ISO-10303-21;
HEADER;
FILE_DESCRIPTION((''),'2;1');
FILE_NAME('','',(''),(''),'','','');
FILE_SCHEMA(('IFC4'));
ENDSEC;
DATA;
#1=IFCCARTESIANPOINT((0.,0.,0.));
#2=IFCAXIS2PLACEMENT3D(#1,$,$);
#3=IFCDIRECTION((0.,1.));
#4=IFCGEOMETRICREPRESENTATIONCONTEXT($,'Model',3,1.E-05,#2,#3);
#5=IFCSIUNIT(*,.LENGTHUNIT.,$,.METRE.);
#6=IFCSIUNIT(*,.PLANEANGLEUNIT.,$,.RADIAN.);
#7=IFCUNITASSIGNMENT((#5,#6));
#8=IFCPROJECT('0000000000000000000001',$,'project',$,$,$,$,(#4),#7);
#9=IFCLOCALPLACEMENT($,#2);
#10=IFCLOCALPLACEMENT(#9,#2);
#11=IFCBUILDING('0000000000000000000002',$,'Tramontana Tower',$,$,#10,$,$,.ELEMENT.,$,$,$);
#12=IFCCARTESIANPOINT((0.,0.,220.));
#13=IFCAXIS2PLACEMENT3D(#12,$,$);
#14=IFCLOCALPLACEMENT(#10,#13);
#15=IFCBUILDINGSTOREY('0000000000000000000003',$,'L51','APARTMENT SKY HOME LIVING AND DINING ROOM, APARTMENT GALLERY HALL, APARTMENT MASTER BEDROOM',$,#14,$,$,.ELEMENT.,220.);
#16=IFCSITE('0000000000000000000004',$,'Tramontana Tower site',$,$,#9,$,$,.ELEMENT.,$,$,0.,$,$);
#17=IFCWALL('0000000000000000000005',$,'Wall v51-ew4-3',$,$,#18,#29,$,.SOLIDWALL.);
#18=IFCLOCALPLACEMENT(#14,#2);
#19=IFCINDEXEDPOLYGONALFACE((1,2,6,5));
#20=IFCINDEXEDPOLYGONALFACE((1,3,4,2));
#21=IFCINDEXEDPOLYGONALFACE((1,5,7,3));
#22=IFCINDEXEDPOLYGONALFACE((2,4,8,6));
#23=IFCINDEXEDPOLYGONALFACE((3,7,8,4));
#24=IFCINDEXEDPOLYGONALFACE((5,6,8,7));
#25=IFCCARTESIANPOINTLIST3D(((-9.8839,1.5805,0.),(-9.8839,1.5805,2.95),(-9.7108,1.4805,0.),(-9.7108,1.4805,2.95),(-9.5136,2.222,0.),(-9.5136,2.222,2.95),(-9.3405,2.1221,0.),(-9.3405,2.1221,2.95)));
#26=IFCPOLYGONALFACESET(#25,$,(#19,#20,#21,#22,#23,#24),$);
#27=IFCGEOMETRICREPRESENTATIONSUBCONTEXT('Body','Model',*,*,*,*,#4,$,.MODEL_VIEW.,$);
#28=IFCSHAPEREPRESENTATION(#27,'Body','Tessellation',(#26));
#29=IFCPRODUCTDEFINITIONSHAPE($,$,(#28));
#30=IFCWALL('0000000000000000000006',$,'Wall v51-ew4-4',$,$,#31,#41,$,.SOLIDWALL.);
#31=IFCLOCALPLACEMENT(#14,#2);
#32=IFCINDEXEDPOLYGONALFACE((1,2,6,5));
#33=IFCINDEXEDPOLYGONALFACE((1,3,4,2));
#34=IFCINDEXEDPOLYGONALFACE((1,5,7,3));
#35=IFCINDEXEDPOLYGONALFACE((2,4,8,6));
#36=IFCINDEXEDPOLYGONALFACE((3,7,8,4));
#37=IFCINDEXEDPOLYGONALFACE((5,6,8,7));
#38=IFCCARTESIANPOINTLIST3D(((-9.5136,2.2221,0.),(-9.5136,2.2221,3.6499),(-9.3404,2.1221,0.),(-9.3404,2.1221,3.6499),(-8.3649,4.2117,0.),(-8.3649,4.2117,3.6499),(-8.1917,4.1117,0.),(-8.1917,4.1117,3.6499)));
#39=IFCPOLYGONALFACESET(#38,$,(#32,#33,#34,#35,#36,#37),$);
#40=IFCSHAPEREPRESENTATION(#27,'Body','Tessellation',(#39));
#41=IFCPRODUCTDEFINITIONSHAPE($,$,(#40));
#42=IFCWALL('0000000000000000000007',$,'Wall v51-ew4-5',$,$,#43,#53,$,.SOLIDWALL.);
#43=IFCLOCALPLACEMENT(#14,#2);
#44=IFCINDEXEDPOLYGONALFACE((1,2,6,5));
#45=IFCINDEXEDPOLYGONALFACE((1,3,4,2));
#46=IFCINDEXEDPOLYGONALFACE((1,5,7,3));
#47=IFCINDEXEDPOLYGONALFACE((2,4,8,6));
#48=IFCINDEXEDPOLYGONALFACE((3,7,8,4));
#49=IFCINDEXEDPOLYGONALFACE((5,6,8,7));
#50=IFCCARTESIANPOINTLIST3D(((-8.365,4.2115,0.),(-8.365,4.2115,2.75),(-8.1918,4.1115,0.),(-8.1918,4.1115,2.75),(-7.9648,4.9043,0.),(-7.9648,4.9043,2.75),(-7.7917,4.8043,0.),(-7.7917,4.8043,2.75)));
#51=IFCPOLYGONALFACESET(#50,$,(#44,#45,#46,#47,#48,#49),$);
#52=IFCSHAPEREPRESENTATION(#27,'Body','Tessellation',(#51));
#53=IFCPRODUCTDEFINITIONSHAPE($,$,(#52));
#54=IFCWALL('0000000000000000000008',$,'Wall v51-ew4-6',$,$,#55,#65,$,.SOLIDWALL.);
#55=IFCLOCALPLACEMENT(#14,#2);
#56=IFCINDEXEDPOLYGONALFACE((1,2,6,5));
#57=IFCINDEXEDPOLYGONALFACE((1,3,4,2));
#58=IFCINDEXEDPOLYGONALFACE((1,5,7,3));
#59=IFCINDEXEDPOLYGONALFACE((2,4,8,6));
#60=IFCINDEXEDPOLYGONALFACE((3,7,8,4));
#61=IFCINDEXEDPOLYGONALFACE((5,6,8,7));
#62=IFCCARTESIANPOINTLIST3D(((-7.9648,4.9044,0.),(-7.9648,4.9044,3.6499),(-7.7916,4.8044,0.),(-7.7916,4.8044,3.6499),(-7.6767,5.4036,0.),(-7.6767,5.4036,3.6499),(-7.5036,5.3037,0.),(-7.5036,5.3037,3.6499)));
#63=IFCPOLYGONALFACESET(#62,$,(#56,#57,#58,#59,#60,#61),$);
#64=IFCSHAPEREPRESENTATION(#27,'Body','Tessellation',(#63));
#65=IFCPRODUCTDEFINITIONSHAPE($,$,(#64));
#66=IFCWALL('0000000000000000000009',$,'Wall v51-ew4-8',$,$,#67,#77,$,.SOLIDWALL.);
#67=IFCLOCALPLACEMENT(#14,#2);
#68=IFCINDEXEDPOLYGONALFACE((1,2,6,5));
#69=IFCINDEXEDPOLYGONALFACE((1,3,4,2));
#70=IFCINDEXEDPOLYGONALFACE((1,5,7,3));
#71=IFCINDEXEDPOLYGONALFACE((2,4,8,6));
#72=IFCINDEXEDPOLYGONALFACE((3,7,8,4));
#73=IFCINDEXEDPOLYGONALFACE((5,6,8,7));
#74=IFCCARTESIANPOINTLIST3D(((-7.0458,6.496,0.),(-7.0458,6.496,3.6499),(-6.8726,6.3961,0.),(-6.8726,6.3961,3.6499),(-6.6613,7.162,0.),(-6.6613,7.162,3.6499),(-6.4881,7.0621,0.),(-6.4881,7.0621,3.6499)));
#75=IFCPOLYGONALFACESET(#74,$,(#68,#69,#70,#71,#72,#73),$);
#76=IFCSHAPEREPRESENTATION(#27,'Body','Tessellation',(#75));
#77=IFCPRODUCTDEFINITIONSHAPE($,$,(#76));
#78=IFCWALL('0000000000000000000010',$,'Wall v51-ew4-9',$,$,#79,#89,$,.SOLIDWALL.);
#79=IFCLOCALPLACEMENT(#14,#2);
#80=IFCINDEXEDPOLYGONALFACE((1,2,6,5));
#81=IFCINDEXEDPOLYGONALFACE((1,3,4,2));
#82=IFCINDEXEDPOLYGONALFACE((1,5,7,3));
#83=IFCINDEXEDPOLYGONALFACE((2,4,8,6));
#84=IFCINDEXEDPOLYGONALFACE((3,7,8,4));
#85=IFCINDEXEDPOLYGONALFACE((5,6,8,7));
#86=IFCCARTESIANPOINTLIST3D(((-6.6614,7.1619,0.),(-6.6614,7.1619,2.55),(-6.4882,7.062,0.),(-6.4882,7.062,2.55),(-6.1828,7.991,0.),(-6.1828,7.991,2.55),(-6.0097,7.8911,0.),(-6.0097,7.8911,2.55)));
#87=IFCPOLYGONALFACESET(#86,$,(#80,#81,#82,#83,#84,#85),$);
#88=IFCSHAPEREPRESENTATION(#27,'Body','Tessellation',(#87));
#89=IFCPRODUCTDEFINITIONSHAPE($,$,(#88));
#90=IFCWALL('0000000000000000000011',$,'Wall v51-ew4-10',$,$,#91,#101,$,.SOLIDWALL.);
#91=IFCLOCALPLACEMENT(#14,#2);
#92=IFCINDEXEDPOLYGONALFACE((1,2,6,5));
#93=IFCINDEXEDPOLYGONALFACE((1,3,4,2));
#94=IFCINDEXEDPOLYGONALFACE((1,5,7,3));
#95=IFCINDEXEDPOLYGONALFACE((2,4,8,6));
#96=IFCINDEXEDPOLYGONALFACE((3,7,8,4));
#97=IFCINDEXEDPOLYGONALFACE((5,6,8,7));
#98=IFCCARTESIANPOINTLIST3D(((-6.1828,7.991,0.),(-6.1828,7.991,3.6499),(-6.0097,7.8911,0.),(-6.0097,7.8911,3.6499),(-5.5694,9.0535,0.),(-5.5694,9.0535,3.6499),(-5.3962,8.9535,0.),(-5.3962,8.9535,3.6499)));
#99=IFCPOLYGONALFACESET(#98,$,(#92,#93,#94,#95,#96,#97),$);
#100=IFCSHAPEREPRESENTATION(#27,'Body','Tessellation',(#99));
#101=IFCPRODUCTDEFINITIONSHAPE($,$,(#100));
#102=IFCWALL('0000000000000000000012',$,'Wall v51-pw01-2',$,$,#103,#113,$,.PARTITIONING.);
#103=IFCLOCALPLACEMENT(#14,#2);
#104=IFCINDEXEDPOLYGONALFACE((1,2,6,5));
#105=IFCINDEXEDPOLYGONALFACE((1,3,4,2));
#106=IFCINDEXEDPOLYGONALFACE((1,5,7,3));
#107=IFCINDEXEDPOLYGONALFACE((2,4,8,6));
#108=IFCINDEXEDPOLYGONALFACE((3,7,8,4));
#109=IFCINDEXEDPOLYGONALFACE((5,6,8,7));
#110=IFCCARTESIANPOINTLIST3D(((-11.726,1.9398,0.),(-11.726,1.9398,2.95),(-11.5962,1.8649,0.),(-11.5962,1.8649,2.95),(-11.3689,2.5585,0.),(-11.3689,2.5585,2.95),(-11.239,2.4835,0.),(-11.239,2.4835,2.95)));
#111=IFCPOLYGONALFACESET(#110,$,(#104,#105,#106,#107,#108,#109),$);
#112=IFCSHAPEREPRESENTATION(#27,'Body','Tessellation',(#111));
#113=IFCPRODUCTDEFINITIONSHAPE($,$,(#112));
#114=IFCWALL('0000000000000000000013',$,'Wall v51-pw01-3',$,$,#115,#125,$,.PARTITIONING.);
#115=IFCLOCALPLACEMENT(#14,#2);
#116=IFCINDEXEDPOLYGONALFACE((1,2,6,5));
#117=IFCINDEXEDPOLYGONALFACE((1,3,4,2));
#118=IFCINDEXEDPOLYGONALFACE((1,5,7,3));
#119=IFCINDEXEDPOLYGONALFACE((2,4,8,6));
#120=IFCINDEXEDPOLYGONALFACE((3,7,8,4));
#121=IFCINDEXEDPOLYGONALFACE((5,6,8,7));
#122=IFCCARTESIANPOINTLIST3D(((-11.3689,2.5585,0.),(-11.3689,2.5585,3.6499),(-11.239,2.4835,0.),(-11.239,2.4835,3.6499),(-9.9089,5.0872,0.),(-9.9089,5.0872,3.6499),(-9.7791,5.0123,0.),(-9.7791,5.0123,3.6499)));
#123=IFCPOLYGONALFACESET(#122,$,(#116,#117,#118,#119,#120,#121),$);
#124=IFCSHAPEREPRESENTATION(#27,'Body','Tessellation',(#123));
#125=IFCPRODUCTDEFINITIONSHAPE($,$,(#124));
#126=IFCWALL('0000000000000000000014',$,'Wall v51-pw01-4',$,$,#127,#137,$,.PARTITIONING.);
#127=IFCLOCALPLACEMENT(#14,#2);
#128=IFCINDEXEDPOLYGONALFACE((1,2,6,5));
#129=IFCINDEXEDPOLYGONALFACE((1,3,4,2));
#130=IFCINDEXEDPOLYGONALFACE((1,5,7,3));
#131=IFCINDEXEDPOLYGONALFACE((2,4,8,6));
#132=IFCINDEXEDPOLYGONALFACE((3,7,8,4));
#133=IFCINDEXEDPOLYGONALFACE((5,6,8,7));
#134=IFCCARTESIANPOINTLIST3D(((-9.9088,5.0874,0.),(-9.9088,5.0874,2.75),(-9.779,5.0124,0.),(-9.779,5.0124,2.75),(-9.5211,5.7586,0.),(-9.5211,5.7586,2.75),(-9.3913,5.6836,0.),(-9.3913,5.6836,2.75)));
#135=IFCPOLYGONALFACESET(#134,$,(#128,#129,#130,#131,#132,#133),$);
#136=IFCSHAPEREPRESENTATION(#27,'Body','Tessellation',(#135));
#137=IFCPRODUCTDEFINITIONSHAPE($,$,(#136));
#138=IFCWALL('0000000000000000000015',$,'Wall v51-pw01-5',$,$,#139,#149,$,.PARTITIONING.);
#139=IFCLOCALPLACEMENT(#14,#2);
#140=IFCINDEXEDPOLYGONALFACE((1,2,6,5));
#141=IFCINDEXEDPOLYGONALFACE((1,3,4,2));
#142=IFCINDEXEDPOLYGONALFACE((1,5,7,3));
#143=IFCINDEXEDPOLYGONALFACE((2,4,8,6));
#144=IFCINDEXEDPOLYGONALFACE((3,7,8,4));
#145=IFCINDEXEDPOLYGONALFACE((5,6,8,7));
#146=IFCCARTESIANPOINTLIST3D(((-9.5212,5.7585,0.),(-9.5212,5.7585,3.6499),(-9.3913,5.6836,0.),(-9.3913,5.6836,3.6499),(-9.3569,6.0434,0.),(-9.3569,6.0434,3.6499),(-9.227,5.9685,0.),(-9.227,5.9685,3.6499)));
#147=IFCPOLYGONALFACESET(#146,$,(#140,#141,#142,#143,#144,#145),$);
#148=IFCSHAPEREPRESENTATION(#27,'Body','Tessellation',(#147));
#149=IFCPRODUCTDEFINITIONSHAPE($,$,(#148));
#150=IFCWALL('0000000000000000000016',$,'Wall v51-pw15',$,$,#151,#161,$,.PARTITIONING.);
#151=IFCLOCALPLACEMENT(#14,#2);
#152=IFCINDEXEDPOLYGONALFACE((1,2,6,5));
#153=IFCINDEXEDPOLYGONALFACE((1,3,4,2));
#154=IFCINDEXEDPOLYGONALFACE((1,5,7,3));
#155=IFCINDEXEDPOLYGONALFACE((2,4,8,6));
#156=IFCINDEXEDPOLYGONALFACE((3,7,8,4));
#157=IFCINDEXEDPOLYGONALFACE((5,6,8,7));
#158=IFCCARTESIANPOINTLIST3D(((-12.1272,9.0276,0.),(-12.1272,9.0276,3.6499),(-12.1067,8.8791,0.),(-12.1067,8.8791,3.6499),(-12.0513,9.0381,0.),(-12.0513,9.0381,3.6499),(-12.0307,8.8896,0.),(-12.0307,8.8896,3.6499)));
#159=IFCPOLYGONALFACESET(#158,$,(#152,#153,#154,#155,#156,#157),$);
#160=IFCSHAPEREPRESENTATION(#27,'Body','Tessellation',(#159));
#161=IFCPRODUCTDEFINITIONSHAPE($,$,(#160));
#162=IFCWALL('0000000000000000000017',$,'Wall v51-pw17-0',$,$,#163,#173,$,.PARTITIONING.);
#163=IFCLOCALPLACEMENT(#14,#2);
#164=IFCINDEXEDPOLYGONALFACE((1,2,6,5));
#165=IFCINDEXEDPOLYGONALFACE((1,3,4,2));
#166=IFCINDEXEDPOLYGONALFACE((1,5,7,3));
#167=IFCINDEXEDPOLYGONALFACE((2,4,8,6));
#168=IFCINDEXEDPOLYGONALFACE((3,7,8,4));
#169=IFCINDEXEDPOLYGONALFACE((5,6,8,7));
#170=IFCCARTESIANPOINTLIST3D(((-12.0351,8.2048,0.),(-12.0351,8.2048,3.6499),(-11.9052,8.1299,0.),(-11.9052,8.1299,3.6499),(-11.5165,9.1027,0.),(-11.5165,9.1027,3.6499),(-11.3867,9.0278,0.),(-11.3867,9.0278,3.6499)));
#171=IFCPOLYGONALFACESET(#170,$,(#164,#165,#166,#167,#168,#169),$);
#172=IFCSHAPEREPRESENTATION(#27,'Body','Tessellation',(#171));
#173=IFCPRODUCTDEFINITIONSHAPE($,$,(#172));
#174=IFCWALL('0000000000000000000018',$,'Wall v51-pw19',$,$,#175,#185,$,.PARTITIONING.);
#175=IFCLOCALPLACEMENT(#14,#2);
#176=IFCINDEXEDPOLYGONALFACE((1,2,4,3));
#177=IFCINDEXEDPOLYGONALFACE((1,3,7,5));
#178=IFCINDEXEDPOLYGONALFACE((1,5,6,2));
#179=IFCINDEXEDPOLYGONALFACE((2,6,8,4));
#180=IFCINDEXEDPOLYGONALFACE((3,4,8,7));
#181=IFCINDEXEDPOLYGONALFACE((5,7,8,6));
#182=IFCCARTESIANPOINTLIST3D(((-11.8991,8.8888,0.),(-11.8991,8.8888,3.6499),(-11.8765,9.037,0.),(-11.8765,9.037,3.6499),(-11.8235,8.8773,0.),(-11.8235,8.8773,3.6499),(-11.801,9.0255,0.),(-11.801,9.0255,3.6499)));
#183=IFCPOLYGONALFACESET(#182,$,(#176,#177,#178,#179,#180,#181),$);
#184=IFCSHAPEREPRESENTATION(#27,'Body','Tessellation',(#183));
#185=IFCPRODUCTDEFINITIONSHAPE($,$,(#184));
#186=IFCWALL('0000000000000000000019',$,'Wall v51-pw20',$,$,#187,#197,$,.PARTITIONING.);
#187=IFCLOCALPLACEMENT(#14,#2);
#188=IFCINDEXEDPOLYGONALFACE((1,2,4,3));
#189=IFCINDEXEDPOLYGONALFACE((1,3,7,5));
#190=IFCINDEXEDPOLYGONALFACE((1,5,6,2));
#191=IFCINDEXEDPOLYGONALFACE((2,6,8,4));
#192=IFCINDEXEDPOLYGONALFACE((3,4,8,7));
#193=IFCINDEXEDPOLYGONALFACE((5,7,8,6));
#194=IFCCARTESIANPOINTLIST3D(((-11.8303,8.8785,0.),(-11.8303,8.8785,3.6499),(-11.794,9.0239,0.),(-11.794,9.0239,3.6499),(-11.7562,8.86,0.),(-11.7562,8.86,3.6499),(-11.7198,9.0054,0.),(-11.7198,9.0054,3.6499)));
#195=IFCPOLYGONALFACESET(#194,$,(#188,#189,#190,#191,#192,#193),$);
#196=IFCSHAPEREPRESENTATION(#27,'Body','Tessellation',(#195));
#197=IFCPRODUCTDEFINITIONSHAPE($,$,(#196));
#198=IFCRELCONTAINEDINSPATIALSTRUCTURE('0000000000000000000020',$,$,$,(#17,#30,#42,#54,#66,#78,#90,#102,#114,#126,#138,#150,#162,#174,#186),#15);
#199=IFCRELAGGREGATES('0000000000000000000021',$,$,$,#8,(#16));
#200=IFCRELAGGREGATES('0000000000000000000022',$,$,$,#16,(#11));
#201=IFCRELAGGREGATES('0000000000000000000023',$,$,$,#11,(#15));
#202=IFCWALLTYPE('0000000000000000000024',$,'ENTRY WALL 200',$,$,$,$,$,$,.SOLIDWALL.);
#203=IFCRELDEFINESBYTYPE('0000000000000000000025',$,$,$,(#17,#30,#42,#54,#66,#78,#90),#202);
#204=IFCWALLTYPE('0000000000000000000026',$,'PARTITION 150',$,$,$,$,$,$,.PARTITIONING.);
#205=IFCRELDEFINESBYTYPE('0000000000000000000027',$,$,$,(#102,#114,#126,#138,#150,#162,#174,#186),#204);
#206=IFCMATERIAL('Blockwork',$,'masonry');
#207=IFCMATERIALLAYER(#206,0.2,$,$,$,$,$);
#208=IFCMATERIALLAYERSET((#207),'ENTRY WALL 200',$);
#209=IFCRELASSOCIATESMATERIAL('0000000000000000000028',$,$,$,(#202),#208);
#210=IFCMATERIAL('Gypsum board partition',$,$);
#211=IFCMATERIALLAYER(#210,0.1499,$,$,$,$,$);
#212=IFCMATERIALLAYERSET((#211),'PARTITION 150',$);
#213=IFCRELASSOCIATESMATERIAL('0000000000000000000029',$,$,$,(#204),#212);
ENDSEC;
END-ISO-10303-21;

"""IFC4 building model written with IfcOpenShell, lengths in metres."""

from ifc_helpers import new_model, si_unit, direction, frame, frame_2d, origin, place, context, subcontext, project, spatial, rectangle, extrude, material, layer, layer_set, type_object, element, save


model = new_model("IFC4")

# Units and contexts
model_context = context("Model", 3, precision=1e-05, world=origin(), true_north=direction((0.0, 1.0)))
body_context = subcontext(model_context, "Body", "Model", "MODEL_VIEW")
ifc_project = project(units=[si_unit("LENGTHUNIT", "METRE"), si_unit("PLANEANGLEUNIT", "RADIAN")], contexts=[model_context])

# Site, building, storey
site_placement = place(None, origin())
site = spatial("IfcSite", under=ifc_project, at=site_placement, Name="Tramontana Tower site", CompositionType="ELEMENT", RefElevation=0.0)
building_placement = place(site_placement, origin())
building = spatial("IfcBuilding", under=site, at=building_placement, Name="Tramontana Tower", CompositionType="ELEMENT")
storey_placement = place(building_placement, frame((0.0, 0.0, 220.0)))
storey = spatial("IfcBuildingStorey", under=building, at=storey_placement, Name="L51", Description="APARTMENT SKY HOME LIVING AND DINING ROOM, APARTMENT GALLERY HALL, APARTMENT MASTER BEDROOM", CompositionType="ELEMENT", Elevation=220.0)

# Walls
ifc_material_1 = material(Name="Blockwork", Category="masonry")
ifc_layer_1 = layer(ifc_material_1, 0.2)
ifc_layer_set_1 = layer_set([ifc_layer_1], Name="ENTRY WALL 200")
wall_type_1 = type_object("IfcWallType", Name="ENTRY WALL 200", PredefinedType="SOLIDWALL", material=ifc_layer_set_1)
wall_1_placement = place(storey_placement, frame((-9.7974, 1.5305, 0.0), z_axis=(0.0, 0.0, 1.0), x_axis=(0.499932, 0.866065, 0.0)))
element("IfcWall", 1, at=wall_1_placement, inside=storey, type_object=wall_type_1, Name="Wall v51-ew4-3", PredefinedType="SOLIDWALL", context=body_context, shape_type="SweptSolid", body=[
    extrude(rectangle(XDim=0.7407, YDim=0.2, at=frame_2d((0.3704, 0.0))), origin(), (0.0, 0.0, 1.0), 2.95),
])
wall_2_placement = place(storey_placement, frame((-9.427, 2.1721, 0.0), z_axis=(0.0, 0.0, 1.0), x_axis=(0.500014, 0.866017, 0.0)))
element("IfcWall", 2, at=wall_2_placement, inside=storey, type_object=wall_type_1, Name="Wall v51-ew4-4", PredefinedType="SOLIDWALL", context=body_context, shape_type="SweptSolid", body=[
    extrude(rectangle(XDim=2.2974, YDim=0.2, at=frame_2d((1.1487, 0.0))), origin(), (0.0, 0.0, 1.0), 3.6499),
])
wall_3_placement = place(storey_placement, frame((-8.2783, 4.1616, 0.0), z_axis=(0.0, 0.0, 1.0), x_axis=(0.50011, 0.865962, 0.0)))
element("IfcWall", 3, at=wall_3_placement, inside=storey, type_object=wall_type_1, Name="Wall v51-ew4-5", PredefinedType="SOLIDWALL", context=body_context, shape_type="SweptSolid", body=[
    extrude(rectangle(XDim=0.8, YDim=0.2, at=frame_2d((0.3999, 0.0))), origin(), (0.0, 0.0, 1.0), 2.75),
])
wall_4_placement = place(storey_placement, frame((-7.8782, 4.8545, 0.0), z_axis=(0.0, 0.0, 1.0), x_axis=(0.499784, 0.86615, 0.0)))
element("IfcWall", 4, at=wall_4_placement, inside=storey, type_object=wall_type_1, Name="Wall v51-ew4-6", PredefinedType="SOLIDWALL", context=body_context, shape_type="SweptSolid", body=[
    extrude(rectangle(XDim=0.5764, YDim=0.2, at=frame_2d((0.2881, 0.0))), origin(), (0.0, 0.0, 1.0), 3.6499),
])

# Walls
wall_5_placement = place(storey_placement, frame((-6.9592, 6.446, 0.0), z_axis=(0.0, 0.0, 1.0), x_axis=(0.499997, 0.866027, 0.0)))
element("IfcWall", 5, at=wall_5_placement, inside=storey, type_object=wall_type_1, Name="Wall v51-ew4-8", PredefinedType="SOLIDWALL", context=body_context, shape_type="SweptSolid", body=[
    extrude(rectangle(XDim=0.769, YDim=0.2, at=frame_2d((0.3845, 0.0))), origin(), (0.0, 0.0, 1.0), 3.6499),
])
wall_6_placement = place(storey_placement, frame((-6.5747, 7.1121, 0.0), z_axis=(0.0, 0.0, 1.0), x_axis=(0.49987, 0.866101, 0.0)))
element("IfcWall", 6, at=wall_6_placement, inside=storey, type_object=wall_type_1, Name="Wall v51-ew4-9", PredefinedType="SOLIDWALL", context=body_context, shape_type="SweptSolid", body=[
    extrude(rectangle(XDim=0.9573, YDim=0.2, at=frame_2d((0.4785, 0.0))), origin(), (0.0, 0.0, 1.0), 2.55),
])
wall_7_placement = place(storey_placement, frame((-6.0962, 7.9412, 0.0), z_axis=(0.0, 0.0, 1.0), x_axis=(0.500055, 0.865993, 0.0)))
element("IfcWall", 7, at=wall_7_placement, inside=storey, type_object=wall_type_1, Name="Wall v51-ew4-10", PredefinedType="SOLIDWALL", context=body_context, shape_type="SweptSolid", body=[
    extrude(rectangle(XDim=1.2268, YDim=0.2, at=frame_2d((0.6133, 0.0))), origin(), (0.0, 0.0, 1.0), 3.6499),
])
ifc_material_2 = material(Name="Gypsum board partition")
ifc_layer_2 = layer(ifc_material_2, 0.1499)
ifc_layer_set_2 = layer_set([ifc_layer_2], Name="PARTITION 150")
wall_type_2 = type_object("IfcWallType", Name="PARTITION 150", PredefinedType="PARTITIONING", material=ifc_layer_set_2)
wall_8_placement = place(storey_placement, frame((-11.6611, 1.9023, 0.0), z_axis=(0.0, 0.0, 1.0), x_axis=(0.499999, 0.866026, 0.0)))
element("IfcWall", 8, at=wall_8_placement, inside=storey, type_object=wall_type_2, Name="Wall v51-pw01-2", PredefinedType="PARTITIONING", context=body_context, shape_type="SweptSolid", body=[
    extrude(rectangle(XDim=0.7144, YDim=0.1499, at=frame_2d((0.3572, 0.0))), origin(), (0.0, 0.0, 1.0), 2.95),
])
wall_9_placement = place(storey_placement, frame((-11.304, 2.521, 0.0), z_axis=(0.0, 0.0, 1.0), x_axis=(0.499988, 0.866032, 0.0)))
element("IfcWall", 9, at=wall_9_placement, inside=storey, type_object=wall_type_2, Name="Wall v51-pw01-3", PredefinedType="PARTITIONING", context=body_context, shape_type="SweptSolid", body=[
    extrude(rectangle(XDim=2.9199, YDim=0.1499, at=frame_2d((1.46, 0.0))), origin(), (0.0, 0.0, 1.0), 3.6499),
])
wall_10_placement = place(storey_placement, frame((-9.844, 5.0498, 0.0), z_axis=(0.0, 0.0, 1.0), x_axis=(0.500204, 0.865908, 0.0)))
element("IfcWall", 10, at=wall_10_placement, inside=storey, type_object=wall_type_2, Name="Wall v51-pw01-4", PredefinedType="PARTITIONING", context=body_context, shape_type="SweptSolid", body=[
    extrude(rectangle(XDim=0.7751, YDim=0.1499, at=frame_2d((0.3877, 0.0))), origin(), (0.0, 0.0, 1.0), 2.75),
])
wall_11_placement = place(storey_placement, frame((-9.4563, 5.7209, 0.0), z_axis=(0.0, 0.0, 1.0), x_axis=(0.499573, 0.866272, 0.0)))
element("IfcWall", 11, at=wall_11_placement, inside=storey, type_object=wall_type_2, Name="Wall v51-pw01-5", PredefinedType="PARTITIONING", context=body_context, shape_type="SweptSolid", body=[
    extrude(rectangle(XDim=0.3289, YDim=0.1499, at=frame_2d((0.1646, 0.0))), origin(), (0.0, 0.0, 1.0), 3.6499),
])
wall_12_placement = place(storey_placement, frame((-12.1169, 8.9534, 0.0), z_axis=(0.0, 0.0, 1.0), x_axis=(0.990576, 0.136961, 0.0)))
element("IfcWall", 12, at=wall_12_placement, inside=storey, type_object=wall_type_2, Name="Wall v51-pw15", PredefinedType="PARTITIONING", context=body_context, shape_type="SweptSolid", body=[
    extrude(rectangle(XDim=0.0767, YDim=0.1499, at=frame_2d((0.0383, 0.0))), origin(), (0.0, 0.0, 1.0), 3.6499),
])
wall_13_placement = place(storey_placement, frame((-11.9702, 8.1672, 0.0), z_axis=(0.0, 0.0, 1.0), x_axis=(0.500089, 0.865974, 0.0)))
element("IfcWall", 13, at=wall_13_placement, inside=storey, type_object=wall_type_2, Name="Wall v51-pw17-0", PredefinedType="PARTITIONING", context=body_context, shape_type="SweptSolid", body=[
    extrude(rectangle(XDim=1.0369, YDim=0.1499, at=frame_2d((0.5186, 0.0))), origin(), (0.0, 0.0, 1.0), 3.6499),
])
for number, where, z_axis, x_axis, name in (
    (14, (-11.8877, 8.9629, 0.0), (0.0, 0.0, 1.0), (0.988629, -0.150374, 0.0), "Wall v51-pw19"),
    (15, (-11.812, 8.9512, 0.0), (0.0, 0.0, 1.0), (0.970143, -0.242536, 0.0), "Wall v51-pw20"),
):
    element("IfcWall", number, at=place(storey_placement, frame(where, z_axis=z_axis, x_axis=x_axis)), inside=storey, type_object=wall_type_2, Name=name, PredefinedType="PARTITIONING", context=body_context, shape_type="SweptSolid", body=[
        extrude(rectangle(XDim=0.0764, YDim=0.1499, at=frame_2d((0.0381, 0.0))), origin(), (0.0, 0.0, 1.0), 3.6499),
    ])

save(model, "model.ifc")
